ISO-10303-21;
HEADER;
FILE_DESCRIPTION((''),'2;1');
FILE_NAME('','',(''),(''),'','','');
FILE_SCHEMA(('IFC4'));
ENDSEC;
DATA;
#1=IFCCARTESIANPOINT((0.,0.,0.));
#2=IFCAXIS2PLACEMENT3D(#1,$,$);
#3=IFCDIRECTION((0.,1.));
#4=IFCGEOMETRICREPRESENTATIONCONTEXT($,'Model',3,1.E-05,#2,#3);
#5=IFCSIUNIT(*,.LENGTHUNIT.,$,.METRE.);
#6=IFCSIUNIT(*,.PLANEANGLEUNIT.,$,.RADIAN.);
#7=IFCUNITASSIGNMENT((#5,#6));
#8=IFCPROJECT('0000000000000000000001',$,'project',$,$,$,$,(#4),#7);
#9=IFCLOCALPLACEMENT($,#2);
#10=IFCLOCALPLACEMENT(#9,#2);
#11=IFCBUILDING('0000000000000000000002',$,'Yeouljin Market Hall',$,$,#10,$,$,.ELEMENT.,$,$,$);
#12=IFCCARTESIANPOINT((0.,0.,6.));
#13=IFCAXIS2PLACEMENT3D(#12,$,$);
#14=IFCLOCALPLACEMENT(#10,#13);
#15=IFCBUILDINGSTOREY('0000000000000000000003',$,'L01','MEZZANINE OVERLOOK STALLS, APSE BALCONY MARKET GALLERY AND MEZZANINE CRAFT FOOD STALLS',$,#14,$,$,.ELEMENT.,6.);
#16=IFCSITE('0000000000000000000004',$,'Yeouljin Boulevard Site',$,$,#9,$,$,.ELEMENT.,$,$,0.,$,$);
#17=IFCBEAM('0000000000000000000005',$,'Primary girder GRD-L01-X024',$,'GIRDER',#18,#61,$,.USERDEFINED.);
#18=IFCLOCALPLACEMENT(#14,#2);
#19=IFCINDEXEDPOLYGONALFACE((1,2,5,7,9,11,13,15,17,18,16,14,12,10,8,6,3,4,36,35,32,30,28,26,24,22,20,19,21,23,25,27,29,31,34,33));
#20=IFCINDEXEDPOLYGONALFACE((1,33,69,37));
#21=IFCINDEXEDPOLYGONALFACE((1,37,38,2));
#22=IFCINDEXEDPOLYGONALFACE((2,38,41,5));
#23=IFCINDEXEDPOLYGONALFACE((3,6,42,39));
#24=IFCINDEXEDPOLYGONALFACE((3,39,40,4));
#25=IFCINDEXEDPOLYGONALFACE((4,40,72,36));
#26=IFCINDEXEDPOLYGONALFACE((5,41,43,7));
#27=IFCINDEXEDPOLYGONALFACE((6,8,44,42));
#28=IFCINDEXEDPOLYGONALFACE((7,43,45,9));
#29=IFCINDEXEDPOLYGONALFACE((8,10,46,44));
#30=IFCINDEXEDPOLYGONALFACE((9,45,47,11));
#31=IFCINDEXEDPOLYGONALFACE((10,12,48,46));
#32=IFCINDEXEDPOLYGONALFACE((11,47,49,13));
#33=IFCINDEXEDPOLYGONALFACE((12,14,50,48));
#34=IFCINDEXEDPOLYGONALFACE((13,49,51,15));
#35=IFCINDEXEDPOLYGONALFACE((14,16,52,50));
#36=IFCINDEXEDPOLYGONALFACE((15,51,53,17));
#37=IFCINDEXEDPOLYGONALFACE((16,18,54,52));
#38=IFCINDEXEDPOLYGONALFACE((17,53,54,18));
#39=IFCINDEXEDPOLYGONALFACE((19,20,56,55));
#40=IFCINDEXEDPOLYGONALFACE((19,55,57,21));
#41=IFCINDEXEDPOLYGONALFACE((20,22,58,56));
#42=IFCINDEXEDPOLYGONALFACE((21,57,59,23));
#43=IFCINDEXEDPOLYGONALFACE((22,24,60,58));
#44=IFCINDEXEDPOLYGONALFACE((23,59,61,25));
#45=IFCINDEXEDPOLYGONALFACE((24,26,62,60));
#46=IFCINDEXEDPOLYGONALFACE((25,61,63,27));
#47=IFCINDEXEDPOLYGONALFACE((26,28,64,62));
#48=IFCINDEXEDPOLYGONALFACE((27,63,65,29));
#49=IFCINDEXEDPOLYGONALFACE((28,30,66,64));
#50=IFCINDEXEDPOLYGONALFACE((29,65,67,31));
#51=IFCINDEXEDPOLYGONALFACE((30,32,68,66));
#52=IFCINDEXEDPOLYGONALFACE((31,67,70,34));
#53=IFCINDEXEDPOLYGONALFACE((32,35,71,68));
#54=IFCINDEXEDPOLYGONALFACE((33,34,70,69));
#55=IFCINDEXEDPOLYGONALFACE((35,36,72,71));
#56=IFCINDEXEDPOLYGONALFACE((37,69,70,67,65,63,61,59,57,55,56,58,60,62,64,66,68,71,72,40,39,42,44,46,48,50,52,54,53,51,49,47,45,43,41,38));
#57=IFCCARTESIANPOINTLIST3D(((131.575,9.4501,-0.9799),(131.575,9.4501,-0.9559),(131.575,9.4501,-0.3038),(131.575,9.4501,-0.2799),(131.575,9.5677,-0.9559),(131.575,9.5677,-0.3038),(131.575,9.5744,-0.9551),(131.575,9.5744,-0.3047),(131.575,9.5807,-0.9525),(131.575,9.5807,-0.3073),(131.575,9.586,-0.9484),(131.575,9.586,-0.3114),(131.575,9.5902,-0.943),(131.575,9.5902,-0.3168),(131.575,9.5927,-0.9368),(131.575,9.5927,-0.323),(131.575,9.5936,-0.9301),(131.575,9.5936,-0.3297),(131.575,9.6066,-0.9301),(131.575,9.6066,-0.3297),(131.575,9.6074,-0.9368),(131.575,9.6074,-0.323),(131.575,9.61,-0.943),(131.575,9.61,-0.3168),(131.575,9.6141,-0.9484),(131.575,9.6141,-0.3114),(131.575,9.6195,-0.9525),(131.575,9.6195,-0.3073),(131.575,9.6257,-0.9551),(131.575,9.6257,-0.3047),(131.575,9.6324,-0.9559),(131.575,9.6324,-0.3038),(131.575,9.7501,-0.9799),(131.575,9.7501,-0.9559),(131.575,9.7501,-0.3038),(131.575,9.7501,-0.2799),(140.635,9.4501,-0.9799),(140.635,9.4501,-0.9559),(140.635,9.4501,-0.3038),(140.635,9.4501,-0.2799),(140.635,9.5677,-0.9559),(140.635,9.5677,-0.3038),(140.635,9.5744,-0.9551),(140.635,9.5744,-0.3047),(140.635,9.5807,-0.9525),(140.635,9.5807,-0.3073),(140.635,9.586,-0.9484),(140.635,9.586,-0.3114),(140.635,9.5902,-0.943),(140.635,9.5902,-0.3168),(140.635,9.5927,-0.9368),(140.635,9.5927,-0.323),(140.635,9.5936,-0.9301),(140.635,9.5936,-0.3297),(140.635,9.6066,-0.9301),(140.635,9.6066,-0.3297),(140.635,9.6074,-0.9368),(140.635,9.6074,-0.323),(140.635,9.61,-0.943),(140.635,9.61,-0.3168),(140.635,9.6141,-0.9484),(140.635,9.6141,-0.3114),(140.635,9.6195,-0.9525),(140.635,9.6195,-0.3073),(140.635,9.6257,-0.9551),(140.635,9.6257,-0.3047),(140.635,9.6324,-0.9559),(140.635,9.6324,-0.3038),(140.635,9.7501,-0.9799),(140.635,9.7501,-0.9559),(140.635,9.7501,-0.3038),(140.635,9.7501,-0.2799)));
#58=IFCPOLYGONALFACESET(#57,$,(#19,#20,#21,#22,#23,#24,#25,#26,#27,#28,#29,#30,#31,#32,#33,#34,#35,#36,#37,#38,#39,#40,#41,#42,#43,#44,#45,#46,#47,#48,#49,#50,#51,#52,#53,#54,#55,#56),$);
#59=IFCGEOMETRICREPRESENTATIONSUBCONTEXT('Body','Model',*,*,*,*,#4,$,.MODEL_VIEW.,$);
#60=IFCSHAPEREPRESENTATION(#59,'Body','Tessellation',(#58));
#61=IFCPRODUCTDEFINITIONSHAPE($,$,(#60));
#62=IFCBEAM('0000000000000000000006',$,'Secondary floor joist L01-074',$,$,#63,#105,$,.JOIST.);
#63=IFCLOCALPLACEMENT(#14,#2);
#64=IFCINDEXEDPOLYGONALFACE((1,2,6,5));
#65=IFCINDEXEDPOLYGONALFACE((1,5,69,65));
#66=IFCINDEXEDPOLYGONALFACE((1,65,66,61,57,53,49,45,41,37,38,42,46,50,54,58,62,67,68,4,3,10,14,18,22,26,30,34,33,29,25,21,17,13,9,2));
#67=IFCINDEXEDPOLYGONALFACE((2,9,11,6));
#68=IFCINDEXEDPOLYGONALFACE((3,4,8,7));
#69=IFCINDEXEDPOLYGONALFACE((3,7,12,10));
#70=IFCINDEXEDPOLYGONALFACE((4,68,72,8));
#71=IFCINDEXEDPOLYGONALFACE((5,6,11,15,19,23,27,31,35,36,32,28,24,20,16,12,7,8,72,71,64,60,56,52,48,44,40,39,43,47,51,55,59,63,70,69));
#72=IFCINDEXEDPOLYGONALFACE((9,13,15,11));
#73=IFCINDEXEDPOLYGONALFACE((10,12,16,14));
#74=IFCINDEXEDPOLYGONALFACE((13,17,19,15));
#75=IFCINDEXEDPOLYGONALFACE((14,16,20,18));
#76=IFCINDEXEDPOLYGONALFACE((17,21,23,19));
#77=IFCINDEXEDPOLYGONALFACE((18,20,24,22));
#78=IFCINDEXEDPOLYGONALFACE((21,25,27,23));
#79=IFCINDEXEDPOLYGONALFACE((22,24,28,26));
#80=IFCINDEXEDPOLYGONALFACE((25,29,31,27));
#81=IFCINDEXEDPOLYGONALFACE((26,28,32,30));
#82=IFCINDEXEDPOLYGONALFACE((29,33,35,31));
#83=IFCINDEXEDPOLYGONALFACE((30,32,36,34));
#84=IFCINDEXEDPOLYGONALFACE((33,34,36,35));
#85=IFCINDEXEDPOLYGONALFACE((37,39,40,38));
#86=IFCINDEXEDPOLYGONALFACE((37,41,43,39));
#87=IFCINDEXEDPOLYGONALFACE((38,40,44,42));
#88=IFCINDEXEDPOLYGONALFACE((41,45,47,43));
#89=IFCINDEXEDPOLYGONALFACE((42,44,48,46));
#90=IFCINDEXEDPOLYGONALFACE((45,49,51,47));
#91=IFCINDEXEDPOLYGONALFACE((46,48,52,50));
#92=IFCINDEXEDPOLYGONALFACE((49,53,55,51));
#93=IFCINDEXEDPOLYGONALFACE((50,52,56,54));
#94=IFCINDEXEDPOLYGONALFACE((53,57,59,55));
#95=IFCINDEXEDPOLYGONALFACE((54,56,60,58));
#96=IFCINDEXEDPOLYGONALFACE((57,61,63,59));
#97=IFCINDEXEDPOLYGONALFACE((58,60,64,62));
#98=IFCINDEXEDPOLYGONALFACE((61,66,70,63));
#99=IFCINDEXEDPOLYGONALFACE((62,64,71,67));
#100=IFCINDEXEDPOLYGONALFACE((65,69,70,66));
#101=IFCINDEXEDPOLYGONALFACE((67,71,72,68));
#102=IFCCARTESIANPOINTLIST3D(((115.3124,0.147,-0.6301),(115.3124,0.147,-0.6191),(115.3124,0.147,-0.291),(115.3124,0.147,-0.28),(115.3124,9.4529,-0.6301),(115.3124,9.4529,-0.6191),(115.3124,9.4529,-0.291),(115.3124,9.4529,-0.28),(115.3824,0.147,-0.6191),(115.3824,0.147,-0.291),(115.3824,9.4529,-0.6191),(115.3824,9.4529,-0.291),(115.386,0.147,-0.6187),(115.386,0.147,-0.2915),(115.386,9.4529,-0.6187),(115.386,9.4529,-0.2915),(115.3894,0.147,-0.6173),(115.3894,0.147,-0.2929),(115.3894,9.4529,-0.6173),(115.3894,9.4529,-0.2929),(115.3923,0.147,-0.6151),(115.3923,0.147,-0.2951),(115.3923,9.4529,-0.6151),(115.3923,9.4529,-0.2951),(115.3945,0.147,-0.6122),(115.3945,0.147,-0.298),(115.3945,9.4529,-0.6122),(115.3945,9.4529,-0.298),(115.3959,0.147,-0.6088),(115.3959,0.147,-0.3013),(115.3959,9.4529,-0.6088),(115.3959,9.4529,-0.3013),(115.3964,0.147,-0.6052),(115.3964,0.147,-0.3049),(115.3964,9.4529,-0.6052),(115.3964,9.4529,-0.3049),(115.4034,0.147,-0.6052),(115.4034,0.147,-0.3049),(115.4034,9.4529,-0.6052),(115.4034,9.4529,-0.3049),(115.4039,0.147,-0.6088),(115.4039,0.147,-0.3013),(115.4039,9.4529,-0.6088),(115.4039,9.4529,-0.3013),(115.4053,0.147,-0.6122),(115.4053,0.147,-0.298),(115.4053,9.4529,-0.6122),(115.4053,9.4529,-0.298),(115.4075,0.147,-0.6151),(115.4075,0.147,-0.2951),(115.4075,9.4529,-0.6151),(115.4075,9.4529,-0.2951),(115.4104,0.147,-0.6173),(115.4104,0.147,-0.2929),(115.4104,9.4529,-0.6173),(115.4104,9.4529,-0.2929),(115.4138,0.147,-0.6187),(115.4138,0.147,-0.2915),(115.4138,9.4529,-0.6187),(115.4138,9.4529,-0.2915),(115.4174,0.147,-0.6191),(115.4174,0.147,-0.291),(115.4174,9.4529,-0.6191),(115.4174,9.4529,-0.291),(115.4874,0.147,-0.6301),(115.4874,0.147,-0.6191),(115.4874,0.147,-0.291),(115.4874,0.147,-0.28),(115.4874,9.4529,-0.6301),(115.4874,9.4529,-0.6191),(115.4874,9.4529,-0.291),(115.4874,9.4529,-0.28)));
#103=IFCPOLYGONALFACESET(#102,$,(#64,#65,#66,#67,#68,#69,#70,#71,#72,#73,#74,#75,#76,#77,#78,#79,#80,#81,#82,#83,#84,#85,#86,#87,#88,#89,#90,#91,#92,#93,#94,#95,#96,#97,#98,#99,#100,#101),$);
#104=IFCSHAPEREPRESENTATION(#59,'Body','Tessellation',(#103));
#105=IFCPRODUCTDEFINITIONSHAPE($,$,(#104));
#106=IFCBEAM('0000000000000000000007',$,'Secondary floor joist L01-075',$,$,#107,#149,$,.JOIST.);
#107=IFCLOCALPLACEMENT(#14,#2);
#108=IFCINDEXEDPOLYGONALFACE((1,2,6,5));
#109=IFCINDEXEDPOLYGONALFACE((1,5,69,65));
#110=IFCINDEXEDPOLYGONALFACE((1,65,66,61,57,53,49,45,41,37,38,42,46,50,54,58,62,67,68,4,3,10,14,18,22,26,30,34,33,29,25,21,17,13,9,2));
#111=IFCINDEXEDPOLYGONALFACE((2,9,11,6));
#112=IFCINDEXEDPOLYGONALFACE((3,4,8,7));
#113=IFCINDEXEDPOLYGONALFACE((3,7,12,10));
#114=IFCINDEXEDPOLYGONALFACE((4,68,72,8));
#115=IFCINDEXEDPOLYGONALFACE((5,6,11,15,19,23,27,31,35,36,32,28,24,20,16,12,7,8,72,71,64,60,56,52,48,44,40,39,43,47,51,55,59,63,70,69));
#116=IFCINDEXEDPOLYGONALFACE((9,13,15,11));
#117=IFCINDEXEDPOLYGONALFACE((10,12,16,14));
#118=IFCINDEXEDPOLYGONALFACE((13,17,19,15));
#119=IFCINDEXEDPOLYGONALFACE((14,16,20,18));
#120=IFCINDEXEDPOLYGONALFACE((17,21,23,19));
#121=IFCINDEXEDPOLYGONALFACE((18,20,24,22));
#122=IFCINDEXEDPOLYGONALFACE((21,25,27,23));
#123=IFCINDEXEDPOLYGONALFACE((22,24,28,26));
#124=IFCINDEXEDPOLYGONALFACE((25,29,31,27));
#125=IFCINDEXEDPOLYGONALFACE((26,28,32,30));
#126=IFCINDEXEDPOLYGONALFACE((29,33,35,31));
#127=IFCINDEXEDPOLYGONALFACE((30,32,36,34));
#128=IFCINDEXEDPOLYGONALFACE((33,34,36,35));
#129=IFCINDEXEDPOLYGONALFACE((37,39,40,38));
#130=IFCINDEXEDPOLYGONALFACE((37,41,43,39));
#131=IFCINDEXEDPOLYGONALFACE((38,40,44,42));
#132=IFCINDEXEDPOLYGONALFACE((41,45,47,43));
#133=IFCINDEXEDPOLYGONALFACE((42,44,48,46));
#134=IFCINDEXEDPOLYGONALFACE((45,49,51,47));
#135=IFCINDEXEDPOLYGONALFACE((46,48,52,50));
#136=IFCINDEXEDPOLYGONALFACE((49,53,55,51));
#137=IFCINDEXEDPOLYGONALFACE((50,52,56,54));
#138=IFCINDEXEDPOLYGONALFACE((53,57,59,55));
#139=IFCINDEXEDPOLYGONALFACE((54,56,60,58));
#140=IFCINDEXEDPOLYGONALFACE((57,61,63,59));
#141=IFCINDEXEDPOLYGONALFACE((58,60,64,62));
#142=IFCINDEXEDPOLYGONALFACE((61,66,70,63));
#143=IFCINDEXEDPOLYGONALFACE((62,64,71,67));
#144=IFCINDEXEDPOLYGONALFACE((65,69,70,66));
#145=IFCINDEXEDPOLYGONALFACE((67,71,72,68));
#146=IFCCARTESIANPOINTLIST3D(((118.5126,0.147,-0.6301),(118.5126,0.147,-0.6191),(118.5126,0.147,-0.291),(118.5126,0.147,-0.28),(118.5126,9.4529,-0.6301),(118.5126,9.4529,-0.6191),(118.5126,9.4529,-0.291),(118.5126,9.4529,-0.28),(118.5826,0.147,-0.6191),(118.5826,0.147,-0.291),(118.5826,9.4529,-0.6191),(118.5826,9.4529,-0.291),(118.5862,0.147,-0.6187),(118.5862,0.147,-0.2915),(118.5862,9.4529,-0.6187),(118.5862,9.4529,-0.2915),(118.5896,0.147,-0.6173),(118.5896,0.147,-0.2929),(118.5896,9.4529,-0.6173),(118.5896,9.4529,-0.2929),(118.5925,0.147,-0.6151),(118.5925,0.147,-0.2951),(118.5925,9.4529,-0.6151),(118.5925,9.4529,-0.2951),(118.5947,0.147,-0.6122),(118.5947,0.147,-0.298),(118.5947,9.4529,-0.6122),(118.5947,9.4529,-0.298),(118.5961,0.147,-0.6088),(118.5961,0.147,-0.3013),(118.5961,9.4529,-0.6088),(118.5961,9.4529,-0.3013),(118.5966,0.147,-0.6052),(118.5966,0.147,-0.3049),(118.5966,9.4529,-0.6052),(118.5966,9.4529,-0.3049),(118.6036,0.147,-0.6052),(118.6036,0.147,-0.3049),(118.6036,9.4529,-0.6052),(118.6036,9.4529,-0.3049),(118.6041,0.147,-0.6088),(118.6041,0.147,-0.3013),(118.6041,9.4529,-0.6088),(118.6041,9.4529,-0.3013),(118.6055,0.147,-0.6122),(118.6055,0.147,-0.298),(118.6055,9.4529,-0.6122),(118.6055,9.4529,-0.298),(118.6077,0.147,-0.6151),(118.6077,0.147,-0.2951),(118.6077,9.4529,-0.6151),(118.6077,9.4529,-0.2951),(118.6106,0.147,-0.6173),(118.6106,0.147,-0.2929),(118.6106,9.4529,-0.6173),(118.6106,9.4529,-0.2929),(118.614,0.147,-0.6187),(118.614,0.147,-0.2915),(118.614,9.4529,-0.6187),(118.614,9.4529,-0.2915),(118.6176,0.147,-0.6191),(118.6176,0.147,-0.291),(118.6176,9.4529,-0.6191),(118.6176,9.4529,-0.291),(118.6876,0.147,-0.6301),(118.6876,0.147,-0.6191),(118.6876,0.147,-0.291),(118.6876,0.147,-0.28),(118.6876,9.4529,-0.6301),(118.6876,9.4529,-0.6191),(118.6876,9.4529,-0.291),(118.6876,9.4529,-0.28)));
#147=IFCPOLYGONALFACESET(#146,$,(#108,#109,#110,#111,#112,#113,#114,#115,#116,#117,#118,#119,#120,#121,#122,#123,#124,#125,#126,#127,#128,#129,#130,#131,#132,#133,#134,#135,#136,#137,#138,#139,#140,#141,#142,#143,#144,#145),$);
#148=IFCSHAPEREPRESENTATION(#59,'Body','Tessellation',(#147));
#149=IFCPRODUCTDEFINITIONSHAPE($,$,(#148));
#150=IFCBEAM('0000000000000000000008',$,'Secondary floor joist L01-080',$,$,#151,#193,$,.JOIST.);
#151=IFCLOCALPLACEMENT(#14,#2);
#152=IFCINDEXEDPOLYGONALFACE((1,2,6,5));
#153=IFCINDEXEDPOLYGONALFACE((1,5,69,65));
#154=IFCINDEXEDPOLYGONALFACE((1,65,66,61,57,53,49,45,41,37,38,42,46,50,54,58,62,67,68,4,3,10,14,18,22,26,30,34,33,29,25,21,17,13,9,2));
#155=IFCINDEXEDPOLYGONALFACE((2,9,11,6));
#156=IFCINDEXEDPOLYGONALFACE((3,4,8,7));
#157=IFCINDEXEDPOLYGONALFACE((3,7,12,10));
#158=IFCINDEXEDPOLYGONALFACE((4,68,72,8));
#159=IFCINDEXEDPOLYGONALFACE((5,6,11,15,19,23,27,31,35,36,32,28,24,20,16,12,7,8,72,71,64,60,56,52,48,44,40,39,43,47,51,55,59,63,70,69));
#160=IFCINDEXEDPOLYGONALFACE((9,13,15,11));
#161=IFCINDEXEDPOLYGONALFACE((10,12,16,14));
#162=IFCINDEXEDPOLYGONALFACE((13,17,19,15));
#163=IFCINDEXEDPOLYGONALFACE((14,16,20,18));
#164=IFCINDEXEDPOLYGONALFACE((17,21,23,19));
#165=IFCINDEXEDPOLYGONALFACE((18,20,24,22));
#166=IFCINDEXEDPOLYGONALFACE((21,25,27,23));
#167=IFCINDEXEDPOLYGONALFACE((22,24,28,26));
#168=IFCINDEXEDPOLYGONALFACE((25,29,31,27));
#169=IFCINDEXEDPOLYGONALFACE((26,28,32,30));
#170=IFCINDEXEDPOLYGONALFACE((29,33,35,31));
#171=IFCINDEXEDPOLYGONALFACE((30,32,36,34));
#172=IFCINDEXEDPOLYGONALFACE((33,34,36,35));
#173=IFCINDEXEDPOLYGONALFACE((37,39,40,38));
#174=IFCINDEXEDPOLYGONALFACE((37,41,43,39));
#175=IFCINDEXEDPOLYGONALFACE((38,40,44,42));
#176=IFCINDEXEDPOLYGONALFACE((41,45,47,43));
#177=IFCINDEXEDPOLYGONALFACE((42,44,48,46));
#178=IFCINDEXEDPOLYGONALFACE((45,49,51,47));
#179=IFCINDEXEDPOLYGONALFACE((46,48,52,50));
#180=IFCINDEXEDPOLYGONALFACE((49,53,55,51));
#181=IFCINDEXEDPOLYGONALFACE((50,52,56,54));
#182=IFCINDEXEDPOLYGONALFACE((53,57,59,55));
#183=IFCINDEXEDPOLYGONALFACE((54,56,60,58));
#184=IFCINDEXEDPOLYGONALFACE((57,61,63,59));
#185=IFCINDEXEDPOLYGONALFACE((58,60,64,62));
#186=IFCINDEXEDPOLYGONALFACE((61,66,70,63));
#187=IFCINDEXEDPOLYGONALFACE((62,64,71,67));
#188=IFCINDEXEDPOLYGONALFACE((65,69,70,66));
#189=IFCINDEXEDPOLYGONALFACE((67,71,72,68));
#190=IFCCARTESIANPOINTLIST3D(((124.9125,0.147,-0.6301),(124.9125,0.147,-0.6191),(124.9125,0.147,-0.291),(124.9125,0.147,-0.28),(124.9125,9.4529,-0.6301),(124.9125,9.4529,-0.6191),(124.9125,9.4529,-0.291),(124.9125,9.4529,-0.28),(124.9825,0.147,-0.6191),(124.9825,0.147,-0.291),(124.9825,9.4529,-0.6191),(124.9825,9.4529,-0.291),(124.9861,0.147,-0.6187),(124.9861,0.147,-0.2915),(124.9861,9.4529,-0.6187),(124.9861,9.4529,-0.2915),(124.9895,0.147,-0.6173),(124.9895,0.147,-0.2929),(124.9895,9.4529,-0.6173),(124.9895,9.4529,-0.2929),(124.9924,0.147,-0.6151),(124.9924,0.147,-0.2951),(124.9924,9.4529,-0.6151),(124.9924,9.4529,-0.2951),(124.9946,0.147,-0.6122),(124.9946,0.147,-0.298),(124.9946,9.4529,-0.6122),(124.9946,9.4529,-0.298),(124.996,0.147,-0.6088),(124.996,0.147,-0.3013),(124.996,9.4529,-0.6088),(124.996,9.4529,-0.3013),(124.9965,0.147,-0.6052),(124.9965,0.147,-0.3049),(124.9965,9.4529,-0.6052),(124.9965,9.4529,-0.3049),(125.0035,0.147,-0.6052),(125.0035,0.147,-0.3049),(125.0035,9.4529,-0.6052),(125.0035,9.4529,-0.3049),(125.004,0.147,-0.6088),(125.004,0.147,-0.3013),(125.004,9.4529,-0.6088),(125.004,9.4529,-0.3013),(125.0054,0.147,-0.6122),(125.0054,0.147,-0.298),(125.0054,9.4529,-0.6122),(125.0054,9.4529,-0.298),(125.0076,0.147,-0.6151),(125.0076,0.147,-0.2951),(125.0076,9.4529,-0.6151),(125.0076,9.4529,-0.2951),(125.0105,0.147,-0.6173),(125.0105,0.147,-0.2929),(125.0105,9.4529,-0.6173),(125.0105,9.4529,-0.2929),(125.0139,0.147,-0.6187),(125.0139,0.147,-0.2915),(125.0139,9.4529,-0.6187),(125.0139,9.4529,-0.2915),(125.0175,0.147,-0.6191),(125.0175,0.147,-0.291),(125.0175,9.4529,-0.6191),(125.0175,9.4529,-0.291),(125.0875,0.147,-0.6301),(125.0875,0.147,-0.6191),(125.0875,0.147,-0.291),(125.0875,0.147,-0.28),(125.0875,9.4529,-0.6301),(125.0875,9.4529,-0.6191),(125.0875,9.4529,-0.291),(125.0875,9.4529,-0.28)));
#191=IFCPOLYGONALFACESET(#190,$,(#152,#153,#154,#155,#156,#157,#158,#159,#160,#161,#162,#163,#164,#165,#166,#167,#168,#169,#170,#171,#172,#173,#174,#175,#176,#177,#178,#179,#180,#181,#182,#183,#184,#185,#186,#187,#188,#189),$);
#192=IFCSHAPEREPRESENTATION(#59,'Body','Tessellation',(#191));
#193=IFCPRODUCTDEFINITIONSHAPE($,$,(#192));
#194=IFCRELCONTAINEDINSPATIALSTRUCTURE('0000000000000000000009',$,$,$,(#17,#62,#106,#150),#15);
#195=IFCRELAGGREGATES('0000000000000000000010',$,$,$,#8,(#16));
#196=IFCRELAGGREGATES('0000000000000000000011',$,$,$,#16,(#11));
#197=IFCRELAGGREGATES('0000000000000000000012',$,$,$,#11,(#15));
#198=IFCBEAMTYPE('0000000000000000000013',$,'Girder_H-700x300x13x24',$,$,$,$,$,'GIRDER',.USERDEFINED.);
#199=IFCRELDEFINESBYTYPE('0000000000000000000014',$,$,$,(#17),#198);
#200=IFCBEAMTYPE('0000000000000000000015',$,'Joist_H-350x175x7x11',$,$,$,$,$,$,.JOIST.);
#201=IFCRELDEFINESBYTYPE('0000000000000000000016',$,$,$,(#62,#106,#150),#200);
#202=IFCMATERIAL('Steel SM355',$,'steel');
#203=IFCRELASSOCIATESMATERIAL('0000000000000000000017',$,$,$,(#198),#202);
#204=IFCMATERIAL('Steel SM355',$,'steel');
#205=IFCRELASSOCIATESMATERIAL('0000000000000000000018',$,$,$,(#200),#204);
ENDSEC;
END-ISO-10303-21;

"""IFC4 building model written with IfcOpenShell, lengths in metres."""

from ifc_helpers import new_model, si_unit, direction, frame, origin, origin_2d, place, context, subcontext, project, spatial, i_section, extrude, material, material_profile, profile_set, type_object, element, save


model = new_model("IFC4")

# Units and contexts
model_context = context("Model", 3, precision=1e-05, world=origin(), true_north=direction((0.0, 1.0)))
body_context = subcontext(model_context, "Body", "Model", "MODEL_VIEW")
ifc_project = project(units=[si_unit("LENGTHUNIT", "METRE"), si_unit("PLANEANGLEUNIT", "RADIAN")], contexts=[model_context])

# Site, building, storey
site_placement = place(None, origin())
site = spatial("IfcSite", under=ifc_project, at=site_placement, Name="Yeouljin Boulevard Site", CompositionType="ELEMENT", RefElevation=0.0)
building_placement = place(site_placement, origin())
building = spatial("IfcBuilding", under=site, at=building_placement, Name="Yeouljin Market Hall", CompositionType="ELEMENT")
storey_placement = place(building_placement, frame((0.0, 0.0, 6.0)))
storey = spatial("IfcBuildingStorey", under=building, at=storey_placement, Name="L01", Description="MEZZANINE OVERLOOK STALLS, APSE BALCONY MARKET GALLERY AND MEZZANINE CRAFT FOOD STALLS", CompositionType="ELEMENT", Elevation=6.0)

# Beams
ifc_material_1 = material(Name="Steel SM355", Category="steel")
ifc_material_profile_1 = material_profile(ifc_material_1, i_section(OverallWidth=0.3, OverallDepth=0.7, WebThickness=0.0129, FlangeThickness=0.0239, FilletRadius=0.0259, at=origin_2d()), Name="H-700x300x13x24")
ifc_profile_set_1 = profile_set([ifc_material_profile_1], Name="Steel SM355")
beam_type_1 = type_object("IfcBeamType", Name="Girder_H-700x300x13x24", ElementType="GIRDER", PredefinedType="USERDEFINED", material=ifc_profile_set_1)
beam_1_placement = place(storey_placement, frame((131.575, 9.6001, -0.6299), z_axis=(1.0, 0.0, 0.0), x_axis=(0.0, 1.0, 0.0)))
element("IfcBeam", 1, at=beam_1_placement, inside=storey, type_object=beam_type_1, Name="Primary girder GRD-L01-X024", ObjectType="GIRDER", PredefinedType="USERDEFINED", context=body_context, shape_type="SweptSolid", body=[
    extrude(i_section(OverallWidth=0.3, OverallDepth=0.7, WebThickness=0.0129, FlangeThickness=0.0239, FilletRadius=0.0259, at=origin_2d()), origin(), (0.0, 0.0, 1.0), 9.0601),
])
ifc_material_2 = material(Name="Steel SM355", Category="steel")
ifc_material_profile_2 = material_profile(ifc_material_2, i_section(OverallWidth=0.175, OverallDepth=0.3501, WebThickness=0.0071, FlangeThickness=0.011, FilletRadius=0.0139, at=origin_2d()), Name="H-350x175x7x11")
ifc_profile_set_2 = profile_set([ifc_material_profile_2], Name="Steel SM355")
beam_type_2 = type_object("IfcBeamType", Name="Joist_H-350x175x7x11", PredefinedType="JOIST", material=ifc_profile_set_2)
for number, where, z_axis, x_axis, name in (
    (2, (115.3999, 0.147, -0.4551), (0.0, 1.0, 0.0), (-1.0, 0.0, 0.0), "Secondary floor joist L01-074"),
    (3, (118.6001, 0.147, -0.4551), (0.0, 1.0, 0.0), (-1.0, 0.0, 0.0), "Secondary floor joist L01-075"),
    (4, (125.0, 0.147, -0.4551), (0.0, 1.0, 0.0), (-1.0, 0.0, 0.0), "Secondary floor joist L01-080"),
):
    element("IfcBeam", number, at=place(storey_placement, frame(where, z_axis=z_axis, x_axis=x_axis)), inside=storey, type_object=beam_type_2, Name=name, PredefinedType="JOIST", context=body_context, shape_type="SweptSolid", body=[
        extrude(i_section(OverallWidth=0.175, OverallDepth=0.3501, WebThickness=0.0071, FlangeThickness=0.011, FilletRadius=0.0139, at=origin_2d()), origin(), (0.0, 0.0, 1.0), 9.3059),
    ])

save(model, "model.ifc")
